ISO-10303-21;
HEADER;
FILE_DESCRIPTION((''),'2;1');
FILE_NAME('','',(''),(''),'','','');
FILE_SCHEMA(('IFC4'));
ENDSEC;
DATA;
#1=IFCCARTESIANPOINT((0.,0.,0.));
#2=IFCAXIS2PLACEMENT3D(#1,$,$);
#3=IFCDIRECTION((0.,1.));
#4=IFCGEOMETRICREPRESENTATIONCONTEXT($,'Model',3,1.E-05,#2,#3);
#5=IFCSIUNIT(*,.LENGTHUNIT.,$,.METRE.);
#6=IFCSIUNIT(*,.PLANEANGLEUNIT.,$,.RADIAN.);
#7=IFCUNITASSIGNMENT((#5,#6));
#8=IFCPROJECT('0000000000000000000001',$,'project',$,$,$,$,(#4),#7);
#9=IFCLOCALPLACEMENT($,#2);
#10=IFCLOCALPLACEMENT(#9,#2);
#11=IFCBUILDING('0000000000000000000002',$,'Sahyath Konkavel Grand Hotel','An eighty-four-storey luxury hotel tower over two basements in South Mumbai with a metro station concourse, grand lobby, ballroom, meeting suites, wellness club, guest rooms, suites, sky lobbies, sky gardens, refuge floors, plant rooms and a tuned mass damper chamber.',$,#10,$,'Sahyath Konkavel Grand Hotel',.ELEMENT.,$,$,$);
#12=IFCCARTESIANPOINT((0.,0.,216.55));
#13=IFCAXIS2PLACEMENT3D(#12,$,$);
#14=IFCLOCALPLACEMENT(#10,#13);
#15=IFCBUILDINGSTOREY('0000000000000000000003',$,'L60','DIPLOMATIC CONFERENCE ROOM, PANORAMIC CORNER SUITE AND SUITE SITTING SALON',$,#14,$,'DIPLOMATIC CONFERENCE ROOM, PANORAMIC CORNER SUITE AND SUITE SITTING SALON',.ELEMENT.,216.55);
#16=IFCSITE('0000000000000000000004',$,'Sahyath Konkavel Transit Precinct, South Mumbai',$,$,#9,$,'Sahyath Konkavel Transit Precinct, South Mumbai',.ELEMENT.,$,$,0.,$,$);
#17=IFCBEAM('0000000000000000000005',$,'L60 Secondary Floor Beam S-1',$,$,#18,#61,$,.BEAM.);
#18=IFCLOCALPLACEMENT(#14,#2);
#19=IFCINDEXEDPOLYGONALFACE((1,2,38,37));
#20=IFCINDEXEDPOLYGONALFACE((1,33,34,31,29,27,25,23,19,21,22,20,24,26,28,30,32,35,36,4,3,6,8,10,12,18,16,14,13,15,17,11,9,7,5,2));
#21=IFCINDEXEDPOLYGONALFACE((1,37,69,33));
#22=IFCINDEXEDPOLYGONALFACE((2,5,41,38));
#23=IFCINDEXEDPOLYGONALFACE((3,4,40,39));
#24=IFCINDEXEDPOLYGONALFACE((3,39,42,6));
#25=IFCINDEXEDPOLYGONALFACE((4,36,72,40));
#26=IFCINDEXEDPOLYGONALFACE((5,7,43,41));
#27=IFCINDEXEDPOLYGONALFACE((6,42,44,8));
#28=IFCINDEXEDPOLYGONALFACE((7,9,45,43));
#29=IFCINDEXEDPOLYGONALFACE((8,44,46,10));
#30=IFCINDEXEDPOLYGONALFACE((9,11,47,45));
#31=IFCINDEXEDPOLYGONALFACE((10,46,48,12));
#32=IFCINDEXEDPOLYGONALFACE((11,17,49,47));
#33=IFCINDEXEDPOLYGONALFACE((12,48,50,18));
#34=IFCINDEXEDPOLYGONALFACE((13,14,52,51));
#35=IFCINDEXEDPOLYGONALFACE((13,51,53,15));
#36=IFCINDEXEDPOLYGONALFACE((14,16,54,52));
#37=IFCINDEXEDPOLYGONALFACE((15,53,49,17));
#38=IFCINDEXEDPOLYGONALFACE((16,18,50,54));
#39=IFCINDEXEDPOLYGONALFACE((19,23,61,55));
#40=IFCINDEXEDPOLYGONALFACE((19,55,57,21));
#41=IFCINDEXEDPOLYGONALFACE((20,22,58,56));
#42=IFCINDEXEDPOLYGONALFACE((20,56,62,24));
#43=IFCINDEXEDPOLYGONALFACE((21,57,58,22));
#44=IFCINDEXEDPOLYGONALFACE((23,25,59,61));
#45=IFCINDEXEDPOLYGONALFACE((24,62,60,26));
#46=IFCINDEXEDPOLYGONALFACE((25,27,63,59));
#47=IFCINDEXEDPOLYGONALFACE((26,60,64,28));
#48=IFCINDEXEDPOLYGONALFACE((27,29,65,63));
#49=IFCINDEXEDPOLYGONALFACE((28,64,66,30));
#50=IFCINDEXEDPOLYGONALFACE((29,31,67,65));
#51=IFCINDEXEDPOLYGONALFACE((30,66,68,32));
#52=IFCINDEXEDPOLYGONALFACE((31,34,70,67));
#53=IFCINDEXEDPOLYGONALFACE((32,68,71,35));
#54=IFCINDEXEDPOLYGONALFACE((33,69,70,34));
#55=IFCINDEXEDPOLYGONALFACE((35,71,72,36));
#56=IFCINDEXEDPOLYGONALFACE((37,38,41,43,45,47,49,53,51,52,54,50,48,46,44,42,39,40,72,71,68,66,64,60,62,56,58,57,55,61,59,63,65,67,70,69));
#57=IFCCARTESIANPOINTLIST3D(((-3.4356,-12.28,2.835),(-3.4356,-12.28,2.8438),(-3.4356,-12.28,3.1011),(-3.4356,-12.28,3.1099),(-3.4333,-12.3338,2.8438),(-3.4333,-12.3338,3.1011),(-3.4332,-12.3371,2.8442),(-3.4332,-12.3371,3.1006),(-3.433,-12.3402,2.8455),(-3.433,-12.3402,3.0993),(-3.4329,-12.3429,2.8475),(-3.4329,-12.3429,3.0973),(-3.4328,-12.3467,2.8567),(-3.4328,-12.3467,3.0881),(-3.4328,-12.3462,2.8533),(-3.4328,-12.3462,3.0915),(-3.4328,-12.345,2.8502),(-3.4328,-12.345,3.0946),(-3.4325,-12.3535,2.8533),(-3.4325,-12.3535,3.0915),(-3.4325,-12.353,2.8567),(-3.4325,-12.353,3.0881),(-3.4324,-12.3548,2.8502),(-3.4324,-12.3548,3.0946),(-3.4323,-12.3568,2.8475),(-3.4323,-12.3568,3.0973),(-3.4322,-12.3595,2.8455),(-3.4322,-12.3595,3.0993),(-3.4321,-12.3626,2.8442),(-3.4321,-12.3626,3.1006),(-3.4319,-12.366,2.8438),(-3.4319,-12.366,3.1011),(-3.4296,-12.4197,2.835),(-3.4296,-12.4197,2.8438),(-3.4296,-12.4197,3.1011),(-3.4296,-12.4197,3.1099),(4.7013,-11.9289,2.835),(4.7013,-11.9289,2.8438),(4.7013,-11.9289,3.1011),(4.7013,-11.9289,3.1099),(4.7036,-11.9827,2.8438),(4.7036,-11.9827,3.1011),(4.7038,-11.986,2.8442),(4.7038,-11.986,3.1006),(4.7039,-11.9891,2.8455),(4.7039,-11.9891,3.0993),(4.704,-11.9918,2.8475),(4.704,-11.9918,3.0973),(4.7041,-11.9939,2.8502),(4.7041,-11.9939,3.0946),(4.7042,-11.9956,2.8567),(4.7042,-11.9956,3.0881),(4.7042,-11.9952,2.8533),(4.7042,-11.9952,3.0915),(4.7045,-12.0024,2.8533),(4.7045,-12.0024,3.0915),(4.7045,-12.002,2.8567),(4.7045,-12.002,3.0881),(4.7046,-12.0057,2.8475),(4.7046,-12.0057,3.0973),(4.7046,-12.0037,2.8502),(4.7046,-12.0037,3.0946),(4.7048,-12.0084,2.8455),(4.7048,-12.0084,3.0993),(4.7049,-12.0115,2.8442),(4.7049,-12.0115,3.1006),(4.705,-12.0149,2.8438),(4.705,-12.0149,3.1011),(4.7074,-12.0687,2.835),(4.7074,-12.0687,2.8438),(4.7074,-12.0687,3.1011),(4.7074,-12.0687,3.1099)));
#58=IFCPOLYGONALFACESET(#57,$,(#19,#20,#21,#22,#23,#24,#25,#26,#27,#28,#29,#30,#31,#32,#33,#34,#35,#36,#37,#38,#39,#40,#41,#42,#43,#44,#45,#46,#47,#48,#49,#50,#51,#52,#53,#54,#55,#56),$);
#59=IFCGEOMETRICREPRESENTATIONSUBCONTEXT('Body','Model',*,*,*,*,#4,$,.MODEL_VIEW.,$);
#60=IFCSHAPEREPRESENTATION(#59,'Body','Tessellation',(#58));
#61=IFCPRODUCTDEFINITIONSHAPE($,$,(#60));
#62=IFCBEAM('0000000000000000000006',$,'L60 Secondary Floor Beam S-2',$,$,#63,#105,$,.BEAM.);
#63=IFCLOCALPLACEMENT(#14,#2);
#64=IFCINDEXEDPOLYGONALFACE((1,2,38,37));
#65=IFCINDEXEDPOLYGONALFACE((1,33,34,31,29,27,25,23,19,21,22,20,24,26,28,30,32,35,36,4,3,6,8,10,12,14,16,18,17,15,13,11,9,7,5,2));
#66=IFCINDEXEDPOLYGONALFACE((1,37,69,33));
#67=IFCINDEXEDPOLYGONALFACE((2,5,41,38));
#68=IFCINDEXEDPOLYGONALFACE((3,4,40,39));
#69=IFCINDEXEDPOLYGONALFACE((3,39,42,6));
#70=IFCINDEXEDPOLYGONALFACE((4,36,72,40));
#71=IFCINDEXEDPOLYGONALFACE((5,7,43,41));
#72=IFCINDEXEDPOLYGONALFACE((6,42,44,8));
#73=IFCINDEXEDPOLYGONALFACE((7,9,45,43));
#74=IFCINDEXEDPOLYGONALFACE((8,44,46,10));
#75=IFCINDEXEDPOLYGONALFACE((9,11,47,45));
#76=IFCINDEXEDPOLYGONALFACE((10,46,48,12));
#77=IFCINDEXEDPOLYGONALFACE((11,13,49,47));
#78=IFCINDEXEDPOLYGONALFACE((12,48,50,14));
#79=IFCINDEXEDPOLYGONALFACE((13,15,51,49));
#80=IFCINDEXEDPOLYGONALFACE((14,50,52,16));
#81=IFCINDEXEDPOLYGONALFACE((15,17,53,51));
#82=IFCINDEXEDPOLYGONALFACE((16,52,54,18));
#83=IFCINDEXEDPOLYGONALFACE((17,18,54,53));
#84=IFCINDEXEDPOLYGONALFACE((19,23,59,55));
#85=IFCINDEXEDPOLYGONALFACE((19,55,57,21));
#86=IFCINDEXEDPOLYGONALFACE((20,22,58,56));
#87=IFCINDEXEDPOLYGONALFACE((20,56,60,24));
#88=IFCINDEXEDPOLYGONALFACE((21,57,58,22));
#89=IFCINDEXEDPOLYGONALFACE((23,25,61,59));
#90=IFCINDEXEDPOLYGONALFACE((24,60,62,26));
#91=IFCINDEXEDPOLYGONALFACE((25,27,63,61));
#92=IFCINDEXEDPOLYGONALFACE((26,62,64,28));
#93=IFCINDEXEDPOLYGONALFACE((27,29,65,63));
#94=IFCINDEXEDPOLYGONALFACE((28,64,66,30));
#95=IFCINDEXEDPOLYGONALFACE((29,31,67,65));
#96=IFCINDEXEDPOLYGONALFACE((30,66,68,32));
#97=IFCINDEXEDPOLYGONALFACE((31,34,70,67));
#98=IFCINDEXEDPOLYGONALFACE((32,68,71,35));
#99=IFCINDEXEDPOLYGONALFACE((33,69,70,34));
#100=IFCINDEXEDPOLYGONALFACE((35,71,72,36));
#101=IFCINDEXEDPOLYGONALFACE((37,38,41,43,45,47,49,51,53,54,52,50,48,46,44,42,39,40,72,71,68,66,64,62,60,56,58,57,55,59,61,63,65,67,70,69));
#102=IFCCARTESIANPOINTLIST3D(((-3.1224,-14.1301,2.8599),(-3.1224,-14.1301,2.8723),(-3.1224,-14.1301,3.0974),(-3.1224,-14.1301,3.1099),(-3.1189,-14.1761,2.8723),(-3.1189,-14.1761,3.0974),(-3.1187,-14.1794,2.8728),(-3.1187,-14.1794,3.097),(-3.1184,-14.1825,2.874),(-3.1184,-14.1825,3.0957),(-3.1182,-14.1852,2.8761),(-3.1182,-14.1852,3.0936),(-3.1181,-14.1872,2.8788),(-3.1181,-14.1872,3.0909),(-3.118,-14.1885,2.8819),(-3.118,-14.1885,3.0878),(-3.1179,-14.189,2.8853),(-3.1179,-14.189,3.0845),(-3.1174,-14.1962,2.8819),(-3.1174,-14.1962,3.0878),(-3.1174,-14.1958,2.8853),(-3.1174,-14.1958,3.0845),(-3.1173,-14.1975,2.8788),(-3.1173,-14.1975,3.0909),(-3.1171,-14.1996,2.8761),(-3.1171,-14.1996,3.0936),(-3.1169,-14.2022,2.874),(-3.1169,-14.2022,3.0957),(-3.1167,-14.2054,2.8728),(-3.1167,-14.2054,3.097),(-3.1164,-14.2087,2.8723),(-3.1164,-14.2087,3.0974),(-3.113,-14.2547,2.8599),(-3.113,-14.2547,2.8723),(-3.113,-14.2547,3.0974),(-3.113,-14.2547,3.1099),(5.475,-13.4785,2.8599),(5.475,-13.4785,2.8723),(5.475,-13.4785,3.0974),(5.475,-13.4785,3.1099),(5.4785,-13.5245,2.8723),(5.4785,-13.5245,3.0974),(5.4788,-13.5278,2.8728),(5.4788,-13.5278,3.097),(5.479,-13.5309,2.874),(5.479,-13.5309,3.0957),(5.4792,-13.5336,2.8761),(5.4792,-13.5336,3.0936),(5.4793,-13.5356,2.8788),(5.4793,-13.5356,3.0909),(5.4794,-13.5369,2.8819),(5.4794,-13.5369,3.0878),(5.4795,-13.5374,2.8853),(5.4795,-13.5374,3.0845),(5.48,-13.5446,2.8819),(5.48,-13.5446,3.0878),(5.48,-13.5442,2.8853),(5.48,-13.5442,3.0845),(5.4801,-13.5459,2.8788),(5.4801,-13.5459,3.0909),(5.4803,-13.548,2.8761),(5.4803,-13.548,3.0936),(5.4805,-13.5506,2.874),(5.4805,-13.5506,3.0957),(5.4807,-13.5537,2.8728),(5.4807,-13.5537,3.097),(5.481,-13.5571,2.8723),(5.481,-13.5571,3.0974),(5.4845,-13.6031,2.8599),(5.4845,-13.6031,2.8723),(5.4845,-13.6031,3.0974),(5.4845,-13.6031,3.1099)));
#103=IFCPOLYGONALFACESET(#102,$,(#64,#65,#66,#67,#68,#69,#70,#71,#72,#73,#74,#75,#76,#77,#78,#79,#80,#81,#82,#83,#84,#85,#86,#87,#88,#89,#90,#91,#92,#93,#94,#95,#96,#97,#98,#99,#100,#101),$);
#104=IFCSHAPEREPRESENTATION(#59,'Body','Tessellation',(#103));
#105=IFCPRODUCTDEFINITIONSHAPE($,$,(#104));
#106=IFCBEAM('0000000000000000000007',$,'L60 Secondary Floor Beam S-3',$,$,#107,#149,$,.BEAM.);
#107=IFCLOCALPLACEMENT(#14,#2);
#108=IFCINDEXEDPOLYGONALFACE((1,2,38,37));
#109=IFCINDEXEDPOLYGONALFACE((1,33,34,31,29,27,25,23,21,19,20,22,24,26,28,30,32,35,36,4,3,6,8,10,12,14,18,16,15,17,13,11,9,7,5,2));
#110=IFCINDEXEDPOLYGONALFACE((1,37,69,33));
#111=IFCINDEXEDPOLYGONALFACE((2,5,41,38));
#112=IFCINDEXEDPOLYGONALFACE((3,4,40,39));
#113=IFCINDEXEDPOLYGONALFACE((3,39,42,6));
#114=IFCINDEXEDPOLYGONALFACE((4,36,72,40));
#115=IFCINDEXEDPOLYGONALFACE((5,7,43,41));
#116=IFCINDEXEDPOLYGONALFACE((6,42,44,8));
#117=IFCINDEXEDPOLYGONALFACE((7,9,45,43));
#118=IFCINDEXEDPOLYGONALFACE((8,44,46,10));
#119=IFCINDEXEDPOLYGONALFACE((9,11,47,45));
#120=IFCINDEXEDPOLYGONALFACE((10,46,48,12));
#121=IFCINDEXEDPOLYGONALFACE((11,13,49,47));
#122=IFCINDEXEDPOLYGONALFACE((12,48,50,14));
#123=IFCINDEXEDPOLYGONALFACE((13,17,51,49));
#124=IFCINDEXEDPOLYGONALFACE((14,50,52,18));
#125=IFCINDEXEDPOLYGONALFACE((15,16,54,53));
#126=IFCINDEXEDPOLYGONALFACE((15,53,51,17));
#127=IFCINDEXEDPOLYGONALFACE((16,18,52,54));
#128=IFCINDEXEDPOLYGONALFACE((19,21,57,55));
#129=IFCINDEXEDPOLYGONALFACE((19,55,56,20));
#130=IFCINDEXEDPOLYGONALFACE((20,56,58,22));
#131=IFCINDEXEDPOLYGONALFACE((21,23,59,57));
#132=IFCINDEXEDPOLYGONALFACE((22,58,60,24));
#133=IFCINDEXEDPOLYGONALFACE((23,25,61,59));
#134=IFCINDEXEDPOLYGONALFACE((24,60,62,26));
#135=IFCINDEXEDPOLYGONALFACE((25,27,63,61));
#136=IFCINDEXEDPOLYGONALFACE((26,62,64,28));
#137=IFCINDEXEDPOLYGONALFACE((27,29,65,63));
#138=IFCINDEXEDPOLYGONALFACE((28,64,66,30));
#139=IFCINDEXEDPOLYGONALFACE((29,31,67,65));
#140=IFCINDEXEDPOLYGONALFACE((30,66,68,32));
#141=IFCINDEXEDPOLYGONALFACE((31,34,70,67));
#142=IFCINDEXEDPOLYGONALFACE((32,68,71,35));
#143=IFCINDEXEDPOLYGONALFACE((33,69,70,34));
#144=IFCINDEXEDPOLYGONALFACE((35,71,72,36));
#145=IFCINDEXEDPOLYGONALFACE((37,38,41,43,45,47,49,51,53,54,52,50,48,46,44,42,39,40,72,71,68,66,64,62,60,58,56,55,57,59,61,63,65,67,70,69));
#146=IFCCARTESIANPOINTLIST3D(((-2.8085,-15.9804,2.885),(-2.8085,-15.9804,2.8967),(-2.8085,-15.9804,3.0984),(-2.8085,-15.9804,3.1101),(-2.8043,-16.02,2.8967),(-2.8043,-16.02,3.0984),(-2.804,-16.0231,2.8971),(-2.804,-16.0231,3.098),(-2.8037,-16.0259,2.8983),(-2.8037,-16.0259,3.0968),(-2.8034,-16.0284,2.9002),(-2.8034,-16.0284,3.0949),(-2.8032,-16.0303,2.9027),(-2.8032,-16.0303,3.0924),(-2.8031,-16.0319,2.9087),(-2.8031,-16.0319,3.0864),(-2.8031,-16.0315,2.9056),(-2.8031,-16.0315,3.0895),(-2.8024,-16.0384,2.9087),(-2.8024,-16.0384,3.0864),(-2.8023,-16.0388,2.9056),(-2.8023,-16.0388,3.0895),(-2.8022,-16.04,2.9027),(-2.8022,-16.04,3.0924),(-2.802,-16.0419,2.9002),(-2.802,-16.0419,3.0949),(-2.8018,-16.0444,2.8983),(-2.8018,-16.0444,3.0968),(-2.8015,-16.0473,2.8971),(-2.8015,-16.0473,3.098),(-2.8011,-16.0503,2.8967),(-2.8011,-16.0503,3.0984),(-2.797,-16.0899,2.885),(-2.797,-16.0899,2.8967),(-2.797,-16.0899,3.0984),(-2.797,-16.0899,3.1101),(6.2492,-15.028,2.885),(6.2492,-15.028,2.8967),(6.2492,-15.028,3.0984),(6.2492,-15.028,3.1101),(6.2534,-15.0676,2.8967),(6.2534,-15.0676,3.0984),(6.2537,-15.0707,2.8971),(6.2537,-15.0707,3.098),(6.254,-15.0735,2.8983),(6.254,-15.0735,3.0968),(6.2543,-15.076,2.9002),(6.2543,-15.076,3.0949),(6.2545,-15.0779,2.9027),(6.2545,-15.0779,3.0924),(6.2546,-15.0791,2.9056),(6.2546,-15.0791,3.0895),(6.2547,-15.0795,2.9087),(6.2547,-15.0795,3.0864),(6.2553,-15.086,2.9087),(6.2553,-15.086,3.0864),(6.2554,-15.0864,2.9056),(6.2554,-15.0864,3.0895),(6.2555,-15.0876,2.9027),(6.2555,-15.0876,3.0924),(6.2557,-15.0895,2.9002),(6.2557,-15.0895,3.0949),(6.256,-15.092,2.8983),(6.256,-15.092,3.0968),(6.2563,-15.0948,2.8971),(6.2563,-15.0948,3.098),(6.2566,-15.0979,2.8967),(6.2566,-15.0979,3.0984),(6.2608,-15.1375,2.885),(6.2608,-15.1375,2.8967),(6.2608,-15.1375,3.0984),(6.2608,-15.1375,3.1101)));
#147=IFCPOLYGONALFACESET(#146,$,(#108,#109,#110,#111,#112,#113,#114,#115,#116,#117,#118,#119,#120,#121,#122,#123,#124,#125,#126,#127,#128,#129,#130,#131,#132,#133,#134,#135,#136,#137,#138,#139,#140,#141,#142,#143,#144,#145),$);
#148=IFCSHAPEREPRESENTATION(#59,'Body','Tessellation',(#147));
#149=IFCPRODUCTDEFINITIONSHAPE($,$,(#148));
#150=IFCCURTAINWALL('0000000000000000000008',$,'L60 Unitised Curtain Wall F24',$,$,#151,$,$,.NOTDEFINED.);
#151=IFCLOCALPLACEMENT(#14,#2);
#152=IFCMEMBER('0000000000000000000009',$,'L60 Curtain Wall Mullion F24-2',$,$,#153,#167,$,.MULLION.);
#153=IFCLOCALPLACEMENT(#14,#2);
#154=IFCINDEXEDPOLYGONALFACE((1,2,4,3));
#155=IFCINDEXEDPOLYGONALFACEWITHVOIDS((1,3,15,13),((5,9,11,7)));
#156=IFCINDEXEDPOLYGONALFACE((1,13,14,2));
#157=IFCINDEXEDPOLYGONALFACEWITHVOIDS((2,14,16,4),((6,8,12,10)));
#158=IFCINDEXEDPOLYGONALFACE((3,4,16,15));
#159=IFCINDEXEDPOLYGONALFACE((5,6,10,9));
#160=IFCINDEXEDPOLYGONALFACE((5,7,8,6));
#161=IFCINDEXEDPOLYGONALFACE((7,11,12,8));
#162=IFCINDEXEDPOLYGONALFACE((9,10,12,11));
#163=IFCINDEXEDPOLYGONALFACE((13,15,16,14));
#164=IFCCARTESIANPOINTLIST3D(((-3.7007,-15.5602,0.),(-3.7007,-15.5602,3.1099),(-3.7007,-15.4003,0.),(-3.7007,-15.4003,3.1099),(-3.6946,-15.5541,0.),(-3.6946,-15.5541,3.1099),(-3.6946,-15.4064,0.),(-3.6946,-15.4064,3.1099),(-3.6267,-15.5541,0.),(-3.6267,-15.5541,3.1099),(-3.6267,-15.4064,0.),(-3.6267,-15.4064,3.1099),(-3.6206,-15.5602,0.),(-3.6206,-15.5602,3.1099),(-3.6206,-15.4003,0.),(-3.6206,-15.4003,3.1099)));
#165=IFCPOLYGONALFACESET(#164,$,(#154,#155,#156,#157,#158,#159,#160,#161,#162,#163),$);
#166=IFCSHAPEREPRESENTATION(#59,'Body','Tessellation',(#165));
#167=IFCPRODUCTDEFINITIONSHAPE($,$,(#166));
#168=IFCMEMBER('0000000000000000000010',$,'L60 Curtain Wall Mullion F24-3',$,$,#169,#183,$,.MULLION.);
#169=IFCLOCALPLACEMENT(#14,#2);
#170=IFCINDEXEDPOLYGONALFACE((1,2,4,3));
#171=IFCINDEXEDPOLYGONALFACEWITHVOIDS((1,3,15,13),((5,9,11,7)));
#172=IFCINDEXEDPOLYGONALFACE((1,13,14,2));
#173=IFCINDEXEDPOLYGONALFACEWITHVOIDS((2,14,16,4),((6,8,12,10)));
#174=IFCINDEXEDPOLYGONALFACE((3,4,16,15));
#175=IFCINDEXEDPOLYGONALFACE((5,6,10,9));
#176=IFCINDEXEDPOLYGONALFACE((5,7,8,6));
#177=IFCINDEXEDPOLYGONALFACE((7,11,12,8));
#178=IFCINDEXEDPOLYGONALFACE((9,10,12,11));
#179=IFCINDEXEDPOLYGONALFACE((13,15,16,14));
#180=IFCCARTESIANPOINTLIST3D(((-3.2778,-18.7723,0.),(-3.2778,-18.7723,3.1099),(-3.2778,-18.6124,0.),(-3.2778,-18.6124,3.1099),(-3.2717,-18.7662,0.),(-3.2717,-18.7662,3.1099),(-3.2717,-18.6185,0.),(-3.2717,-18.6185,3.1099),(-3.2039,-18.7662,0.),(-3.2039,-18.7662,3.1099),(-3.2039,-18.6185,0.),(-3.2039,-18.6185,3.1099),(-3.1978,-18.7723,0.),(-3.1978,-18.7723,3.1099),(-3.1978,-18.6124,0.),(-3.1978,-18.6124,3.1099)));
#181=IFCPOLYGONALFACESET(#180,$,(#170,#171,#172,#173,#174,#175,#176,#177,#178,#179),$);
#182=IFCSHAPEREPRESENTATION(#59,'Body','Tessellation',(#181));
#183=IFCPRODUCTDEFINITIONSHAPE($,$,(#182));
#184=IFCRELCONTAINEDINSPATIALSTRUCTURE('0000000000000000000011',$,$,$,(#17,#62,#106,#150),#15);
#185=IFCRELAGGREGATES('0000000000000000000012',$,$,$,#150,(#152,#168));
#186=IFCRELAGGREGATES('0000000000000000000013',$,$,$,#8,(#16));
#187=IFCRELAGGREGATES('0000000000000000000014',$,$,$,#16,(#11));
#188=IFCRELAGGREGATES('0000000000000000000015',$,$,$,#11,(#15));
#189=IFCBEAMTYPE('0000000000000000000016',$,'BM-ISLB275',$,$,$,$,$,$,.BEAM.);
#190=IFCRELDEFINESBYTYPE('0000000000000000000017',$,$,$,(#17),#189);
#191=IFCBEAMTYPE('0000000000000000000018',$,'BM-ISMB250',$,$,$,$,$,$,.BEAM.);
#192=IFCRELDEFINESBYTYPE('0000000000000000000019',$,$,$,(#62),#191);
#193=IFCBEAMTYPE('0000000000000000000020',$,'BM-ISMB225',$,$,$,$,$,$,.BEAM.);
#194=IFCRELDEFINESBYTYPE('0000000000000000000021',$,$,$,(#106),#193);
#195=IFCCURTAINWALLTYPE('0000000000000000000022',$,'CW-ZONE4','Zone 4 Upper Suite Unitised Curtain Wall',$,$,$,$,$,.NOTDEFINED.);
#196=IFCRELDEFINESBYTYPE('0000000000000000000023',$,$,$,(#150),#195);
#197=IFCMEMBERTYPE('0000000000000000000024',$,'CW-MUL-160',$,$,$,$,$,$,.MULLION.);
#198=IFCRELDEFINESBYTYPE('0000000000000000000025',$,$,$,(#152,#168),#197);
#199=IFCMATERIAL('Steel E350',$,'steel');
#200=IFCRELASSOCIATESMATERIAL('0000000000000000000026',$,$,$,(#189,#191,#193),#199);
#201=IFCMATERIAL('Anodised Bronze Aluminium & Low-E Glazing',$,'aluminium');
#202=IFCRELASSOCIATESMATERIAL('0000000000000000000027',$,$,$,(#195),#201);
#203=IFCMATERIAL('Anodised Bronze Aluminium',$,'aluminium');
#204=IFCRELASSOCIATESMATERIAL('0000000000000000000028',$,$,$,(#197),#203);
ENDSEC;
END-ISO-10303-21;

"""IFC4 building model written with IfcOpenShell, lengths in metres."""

from ifc_helpers import new_model, si_unit, direction, frame, origin, origin_2d, place, context, subcontext, project, spatial, hollow_rectangle, i_section, extrude, source, transform, mapped, material, material_profile, profile_set, type_object, element, aggregate, save


model = new_model("IFC4")

# Units and contexts
model_context = context("Model", 3, precision=1e-05, world=origin(), true_north=direction((0.0, 1.0)))
body_context = subcontext(model_context, "Body", "Model", "MODEL_VIEW")
ifc_project = project(units=[si_unit("LENGTHUNIT", "METRE"), si_unit("PLANEANGLEUNIT", "RADIAN")], contexts=[model_context])

# Site, building, storey
site_placement = place(None, origin())
site = spatial("IfcSite", under=ifc_project, at=site_placement, Name="Sahyath Konkavel Transit Precinct, South Mumbai", LongName="Sahyath Konkavel Transit Precinct, South Mumbai", CompositionType="ELEMENT", RefElevation=0.0)
building_placement = place(site_placement, origin())
building = spatial("IfcBuilding", under=site, at=building_placement, Name="Sahyath Konkavel Grand Hotel", Description="An eighty-four-storey luxury hotel tower over two basements in South Mumbai with a metro station concourse, grand lobby, ballroom, meeting suites, wellness club, guest rooms, suites, sky lobbies, sky gardens, refuge floors, plant rooms and a tuned mass damper chamber.", LongName="Sahyath Konkavel Grand Hotel", CompositionType="ELEMENT")
storey_placement = place(building_placement, frame((0.0, 0.0, 216.55)))
storey = spatial("IfcBuildingStorey", under=building, at=storey_placement, Name="L60", Description="DIPLOMATIC CONFERENCE ROOM, PANORAMIC CORNER SUITE AND SUITE SITTING SALON", LongName="DIPLOMATIC CONFERENCE ROOM, PANORAMIC CORNER SUITE AND SUITE SITTING SALON", CompositionType="ELEMENT", Elevation=216.55)

# Beams
ifc_material_1 = material(Name="Steel E350", Category="steel")
ifc_material_profile_1 = material_profile(ifc_material_1, i_section(OverallWidth=0.1399, OverallDepth=0.2749, WebThickness=0.0063, FlangeThickness=0.0088, FilletRadius=0.0129, at=origin_2d()), Name="ISLB 275")
ifc_profile_set_1 = profile_set([ifc_material_profile_1], Name="Steel E350")
beam_type_1 = type_object("IfcBeamType", Name="BM-ISLB275", PredefinedType="BEAM", material=ifc_profile_set_1)
shared_shape_1 = source(origin(), body_context, "Body", "SweptSolid", [
    extrude(i_section(OverallWidth=0.1399, OverallDepth=0.2749, WebThickness=0.0063, FlangeThickness=0.0088, FilletRadius=0.0129, at=origin_2d()), origin(), (0.0, 0.0, 1.0), 8.1445),
])
beam_1_placement = place(storey_placement, frame((-3.4326, -12.3499, 2.9724), z_axis=(0.999071, 0.043106, 0.0), x_axis=(-0.043106, 0.999071, 0.0)))
element("IfcBeam", 1, at=beam_1_placement, inside=storey, type_object=beam_type_1, Name="L60 Secondary Floor Beam S-1", PredefinedType="BEAM", context=body_context, shape_type="MappedRepresentation", body=[
    mapped(shared_shape_1, transform((0.0, 0.0, 0.0), scale=1.0)),
])
ifc_material_profile_2 = material_profile(ifc_material_1, i_section(OverallWidth=0.125, OverallDepth=0.25, WebThickness=0.0068, FlangeThickness=0.0125, FilletRadius=0.0129, at=origin_2d()), Name="ISMB 250")
ifc_profile_set_2 = profile_set([ifc_material_profile_2], Name="Steel E350")
beam_type_2 = type_object("IfcBeamType", Name="BM-ISMB250", PredefinedType="BEAM", material=ifc_profile_set_2)
shared_shape_2 = source(origin(), body_context, "Body", "SweptSolid", [
    extrude(i_section(OverallWidth=0.125, OverallDepth=0.25, WebThickness=0.0068, FlangeThickness=0.0125, FilletRadius=0.0129, at=origin_2d()), origin(), (0.0, 0.0, 1.0), 8.6221),
])
beam_2_placement = place(storey_placement, frame((-3.1177, -14.1924, 2.9849), z_axis=(0.99714, 0.075575, 0.0), x_axis=(-0.075575, 0.99714, 0.0)))
element("IfcBeam", 2, at=beam_2_placement, inside=storey, type_object=beam_type_2, Name="L60 Secondary Floor Beam S-2", PredefinedType="BEAM", context=body_context, shape_type="MappedRepresentation", body=[
    mapped(shared_shape_2, transform((0.0, 0.0, 0.0), scale=1.0)),
])
ifc_material_profile_3 = material_profile(ifc_material_1, i_section(OverallWidth=0.1101, OverallDepth=0.2251, WebThickness=0.0066, FlangeThickness=0.0117, FilletRadius=0.012, at=origin_2d()), Name="ISMB 225")
ifc_profile_set_3 = profile_set([ifc_material_profile_3], Name="Steel E350")
beam_type_3 = type_object("IfcBeamType", Name="BM-ISMB225", PredefinedType="BEAM", material=ifc_profile_set_3)
shared_shape_3 = source(origin(), body_context, "Body", "SweptSolid", [
    extrude(i_section(OverallWidth=0.1101, OverallDepth=0.2251, WebThickness=0.0066, FlangeThickness=0.0117, FilletRadius=0.012, at=origin_2d()), origin(), (0.0, 0.0, 1.0), 9.1077),
])
beam_3_placement = place(storey_placement, frame((-2.8027, -16.0352, 2.9976), z_axis=(0.994517, 0.104572, 0.0), x_axis=(-0.104572, 0.994517, 0.0)))
element("IfcBeam", 3, at=beam_3_placement, inside=storey, type_object=beam_type_3, Name="L60 Secondary Floor Beam S-3", PredefinedType="BEAM", context=body_context, shape_type="MappedRepresentation", body=[
    mapped(shared_shape_3, transform((0.0, 0.0, 0.0), scale=1.0)),
])

# Curtain wall, members
ifc_material_2 = material(Name="Anodised Bronze Aluminium & Low-E Glazing", Category="aluminium")
curtain_wall_type = type_object("IfcCurtainWallType", Name="CW-ZONE4", Description="Zone 4 Upper Suite Unitised Curtain Wall", PredefinedType="NOTDEFINED", material=ifc_material_2)
curtain_wall_1_placement = place(storey_placement, origin())
curtain_wall_1 = element("IfcCurtainWall", 4, at=curtain_wall_1_placement, inside=storey, type_object=curtain_wall_type, Name="L60 Unitised Curtain Wall F24", PredefinedType="NOTDEFINED")
ifc_material_3 = material(Name="Anodised Bronze Aluminium", Category="aluminium")
ifc_material_profile_4 = material_profile(ifc_material_3, hollow_rectangle(XDim=0.0801, YDim=0.1599, WallThickness=0.0061, at=origin_2d()), Name="RHS 160x80x6")
ifc_profile_set_4 = profile_set([ifc_material_profile_4], Name="Anodised Bronze Aluminium")
member_type_1 = type_object("IfcMemberType", Name="CW-MUL-160", PredefinedType="MULLION", material=ifc_profile_set_4)
shared_shape_4 = source(origin(), body_context, "Body", "SweptSolid", [
    extrude(hollow_rectangle(XDim=0.0801, YDim=0.1599, WallThickness=0.0061, at=origin_2d()), origin(), (0.0, 0.0, 1.0), 3.1099),
])
member_1_placement = place(storey_placement, frame((-3.6606, -15.4802, 0.0), z_axis=(0.0, 0.0, 1.0), x_axis=(1.0, 0.0, 0.0)))
member_1 = element("IfcMember", 5, at=member_1_placement, type_object=member_type_1, Name="L60 Curtain Wall Mullion F24-2", PredefinedType="MULLION", context=body_context, shape_type="MappedRepresentation", body=[
    mapped(shared_shape_4, transform((0.0, 0.0, 0.0), scale=1.0)),
])
member_2_placement = place(storey_placement, frame((-3.2378, -18.6924, 0.0), z_axis=(0.0, 0.0, 1.0), x_axis=(1.0, 0.0, 0.0)))
member_2 = element("IfcMember", 6, at=member_2_placement, type_object=member_type_1, Name="L60 Curtain Wall Mullion F24-3", PredefinedType="MULLION", context=body_context, shape_type="MappedRepresentation", body=[
    mapped(shared_shape_4, transform((0.0, 0.0, 0.0), scale=1.0)),
])

aggregate(curtain_wall_1, [member_1, member_2])

save(model, "model.ifc")
